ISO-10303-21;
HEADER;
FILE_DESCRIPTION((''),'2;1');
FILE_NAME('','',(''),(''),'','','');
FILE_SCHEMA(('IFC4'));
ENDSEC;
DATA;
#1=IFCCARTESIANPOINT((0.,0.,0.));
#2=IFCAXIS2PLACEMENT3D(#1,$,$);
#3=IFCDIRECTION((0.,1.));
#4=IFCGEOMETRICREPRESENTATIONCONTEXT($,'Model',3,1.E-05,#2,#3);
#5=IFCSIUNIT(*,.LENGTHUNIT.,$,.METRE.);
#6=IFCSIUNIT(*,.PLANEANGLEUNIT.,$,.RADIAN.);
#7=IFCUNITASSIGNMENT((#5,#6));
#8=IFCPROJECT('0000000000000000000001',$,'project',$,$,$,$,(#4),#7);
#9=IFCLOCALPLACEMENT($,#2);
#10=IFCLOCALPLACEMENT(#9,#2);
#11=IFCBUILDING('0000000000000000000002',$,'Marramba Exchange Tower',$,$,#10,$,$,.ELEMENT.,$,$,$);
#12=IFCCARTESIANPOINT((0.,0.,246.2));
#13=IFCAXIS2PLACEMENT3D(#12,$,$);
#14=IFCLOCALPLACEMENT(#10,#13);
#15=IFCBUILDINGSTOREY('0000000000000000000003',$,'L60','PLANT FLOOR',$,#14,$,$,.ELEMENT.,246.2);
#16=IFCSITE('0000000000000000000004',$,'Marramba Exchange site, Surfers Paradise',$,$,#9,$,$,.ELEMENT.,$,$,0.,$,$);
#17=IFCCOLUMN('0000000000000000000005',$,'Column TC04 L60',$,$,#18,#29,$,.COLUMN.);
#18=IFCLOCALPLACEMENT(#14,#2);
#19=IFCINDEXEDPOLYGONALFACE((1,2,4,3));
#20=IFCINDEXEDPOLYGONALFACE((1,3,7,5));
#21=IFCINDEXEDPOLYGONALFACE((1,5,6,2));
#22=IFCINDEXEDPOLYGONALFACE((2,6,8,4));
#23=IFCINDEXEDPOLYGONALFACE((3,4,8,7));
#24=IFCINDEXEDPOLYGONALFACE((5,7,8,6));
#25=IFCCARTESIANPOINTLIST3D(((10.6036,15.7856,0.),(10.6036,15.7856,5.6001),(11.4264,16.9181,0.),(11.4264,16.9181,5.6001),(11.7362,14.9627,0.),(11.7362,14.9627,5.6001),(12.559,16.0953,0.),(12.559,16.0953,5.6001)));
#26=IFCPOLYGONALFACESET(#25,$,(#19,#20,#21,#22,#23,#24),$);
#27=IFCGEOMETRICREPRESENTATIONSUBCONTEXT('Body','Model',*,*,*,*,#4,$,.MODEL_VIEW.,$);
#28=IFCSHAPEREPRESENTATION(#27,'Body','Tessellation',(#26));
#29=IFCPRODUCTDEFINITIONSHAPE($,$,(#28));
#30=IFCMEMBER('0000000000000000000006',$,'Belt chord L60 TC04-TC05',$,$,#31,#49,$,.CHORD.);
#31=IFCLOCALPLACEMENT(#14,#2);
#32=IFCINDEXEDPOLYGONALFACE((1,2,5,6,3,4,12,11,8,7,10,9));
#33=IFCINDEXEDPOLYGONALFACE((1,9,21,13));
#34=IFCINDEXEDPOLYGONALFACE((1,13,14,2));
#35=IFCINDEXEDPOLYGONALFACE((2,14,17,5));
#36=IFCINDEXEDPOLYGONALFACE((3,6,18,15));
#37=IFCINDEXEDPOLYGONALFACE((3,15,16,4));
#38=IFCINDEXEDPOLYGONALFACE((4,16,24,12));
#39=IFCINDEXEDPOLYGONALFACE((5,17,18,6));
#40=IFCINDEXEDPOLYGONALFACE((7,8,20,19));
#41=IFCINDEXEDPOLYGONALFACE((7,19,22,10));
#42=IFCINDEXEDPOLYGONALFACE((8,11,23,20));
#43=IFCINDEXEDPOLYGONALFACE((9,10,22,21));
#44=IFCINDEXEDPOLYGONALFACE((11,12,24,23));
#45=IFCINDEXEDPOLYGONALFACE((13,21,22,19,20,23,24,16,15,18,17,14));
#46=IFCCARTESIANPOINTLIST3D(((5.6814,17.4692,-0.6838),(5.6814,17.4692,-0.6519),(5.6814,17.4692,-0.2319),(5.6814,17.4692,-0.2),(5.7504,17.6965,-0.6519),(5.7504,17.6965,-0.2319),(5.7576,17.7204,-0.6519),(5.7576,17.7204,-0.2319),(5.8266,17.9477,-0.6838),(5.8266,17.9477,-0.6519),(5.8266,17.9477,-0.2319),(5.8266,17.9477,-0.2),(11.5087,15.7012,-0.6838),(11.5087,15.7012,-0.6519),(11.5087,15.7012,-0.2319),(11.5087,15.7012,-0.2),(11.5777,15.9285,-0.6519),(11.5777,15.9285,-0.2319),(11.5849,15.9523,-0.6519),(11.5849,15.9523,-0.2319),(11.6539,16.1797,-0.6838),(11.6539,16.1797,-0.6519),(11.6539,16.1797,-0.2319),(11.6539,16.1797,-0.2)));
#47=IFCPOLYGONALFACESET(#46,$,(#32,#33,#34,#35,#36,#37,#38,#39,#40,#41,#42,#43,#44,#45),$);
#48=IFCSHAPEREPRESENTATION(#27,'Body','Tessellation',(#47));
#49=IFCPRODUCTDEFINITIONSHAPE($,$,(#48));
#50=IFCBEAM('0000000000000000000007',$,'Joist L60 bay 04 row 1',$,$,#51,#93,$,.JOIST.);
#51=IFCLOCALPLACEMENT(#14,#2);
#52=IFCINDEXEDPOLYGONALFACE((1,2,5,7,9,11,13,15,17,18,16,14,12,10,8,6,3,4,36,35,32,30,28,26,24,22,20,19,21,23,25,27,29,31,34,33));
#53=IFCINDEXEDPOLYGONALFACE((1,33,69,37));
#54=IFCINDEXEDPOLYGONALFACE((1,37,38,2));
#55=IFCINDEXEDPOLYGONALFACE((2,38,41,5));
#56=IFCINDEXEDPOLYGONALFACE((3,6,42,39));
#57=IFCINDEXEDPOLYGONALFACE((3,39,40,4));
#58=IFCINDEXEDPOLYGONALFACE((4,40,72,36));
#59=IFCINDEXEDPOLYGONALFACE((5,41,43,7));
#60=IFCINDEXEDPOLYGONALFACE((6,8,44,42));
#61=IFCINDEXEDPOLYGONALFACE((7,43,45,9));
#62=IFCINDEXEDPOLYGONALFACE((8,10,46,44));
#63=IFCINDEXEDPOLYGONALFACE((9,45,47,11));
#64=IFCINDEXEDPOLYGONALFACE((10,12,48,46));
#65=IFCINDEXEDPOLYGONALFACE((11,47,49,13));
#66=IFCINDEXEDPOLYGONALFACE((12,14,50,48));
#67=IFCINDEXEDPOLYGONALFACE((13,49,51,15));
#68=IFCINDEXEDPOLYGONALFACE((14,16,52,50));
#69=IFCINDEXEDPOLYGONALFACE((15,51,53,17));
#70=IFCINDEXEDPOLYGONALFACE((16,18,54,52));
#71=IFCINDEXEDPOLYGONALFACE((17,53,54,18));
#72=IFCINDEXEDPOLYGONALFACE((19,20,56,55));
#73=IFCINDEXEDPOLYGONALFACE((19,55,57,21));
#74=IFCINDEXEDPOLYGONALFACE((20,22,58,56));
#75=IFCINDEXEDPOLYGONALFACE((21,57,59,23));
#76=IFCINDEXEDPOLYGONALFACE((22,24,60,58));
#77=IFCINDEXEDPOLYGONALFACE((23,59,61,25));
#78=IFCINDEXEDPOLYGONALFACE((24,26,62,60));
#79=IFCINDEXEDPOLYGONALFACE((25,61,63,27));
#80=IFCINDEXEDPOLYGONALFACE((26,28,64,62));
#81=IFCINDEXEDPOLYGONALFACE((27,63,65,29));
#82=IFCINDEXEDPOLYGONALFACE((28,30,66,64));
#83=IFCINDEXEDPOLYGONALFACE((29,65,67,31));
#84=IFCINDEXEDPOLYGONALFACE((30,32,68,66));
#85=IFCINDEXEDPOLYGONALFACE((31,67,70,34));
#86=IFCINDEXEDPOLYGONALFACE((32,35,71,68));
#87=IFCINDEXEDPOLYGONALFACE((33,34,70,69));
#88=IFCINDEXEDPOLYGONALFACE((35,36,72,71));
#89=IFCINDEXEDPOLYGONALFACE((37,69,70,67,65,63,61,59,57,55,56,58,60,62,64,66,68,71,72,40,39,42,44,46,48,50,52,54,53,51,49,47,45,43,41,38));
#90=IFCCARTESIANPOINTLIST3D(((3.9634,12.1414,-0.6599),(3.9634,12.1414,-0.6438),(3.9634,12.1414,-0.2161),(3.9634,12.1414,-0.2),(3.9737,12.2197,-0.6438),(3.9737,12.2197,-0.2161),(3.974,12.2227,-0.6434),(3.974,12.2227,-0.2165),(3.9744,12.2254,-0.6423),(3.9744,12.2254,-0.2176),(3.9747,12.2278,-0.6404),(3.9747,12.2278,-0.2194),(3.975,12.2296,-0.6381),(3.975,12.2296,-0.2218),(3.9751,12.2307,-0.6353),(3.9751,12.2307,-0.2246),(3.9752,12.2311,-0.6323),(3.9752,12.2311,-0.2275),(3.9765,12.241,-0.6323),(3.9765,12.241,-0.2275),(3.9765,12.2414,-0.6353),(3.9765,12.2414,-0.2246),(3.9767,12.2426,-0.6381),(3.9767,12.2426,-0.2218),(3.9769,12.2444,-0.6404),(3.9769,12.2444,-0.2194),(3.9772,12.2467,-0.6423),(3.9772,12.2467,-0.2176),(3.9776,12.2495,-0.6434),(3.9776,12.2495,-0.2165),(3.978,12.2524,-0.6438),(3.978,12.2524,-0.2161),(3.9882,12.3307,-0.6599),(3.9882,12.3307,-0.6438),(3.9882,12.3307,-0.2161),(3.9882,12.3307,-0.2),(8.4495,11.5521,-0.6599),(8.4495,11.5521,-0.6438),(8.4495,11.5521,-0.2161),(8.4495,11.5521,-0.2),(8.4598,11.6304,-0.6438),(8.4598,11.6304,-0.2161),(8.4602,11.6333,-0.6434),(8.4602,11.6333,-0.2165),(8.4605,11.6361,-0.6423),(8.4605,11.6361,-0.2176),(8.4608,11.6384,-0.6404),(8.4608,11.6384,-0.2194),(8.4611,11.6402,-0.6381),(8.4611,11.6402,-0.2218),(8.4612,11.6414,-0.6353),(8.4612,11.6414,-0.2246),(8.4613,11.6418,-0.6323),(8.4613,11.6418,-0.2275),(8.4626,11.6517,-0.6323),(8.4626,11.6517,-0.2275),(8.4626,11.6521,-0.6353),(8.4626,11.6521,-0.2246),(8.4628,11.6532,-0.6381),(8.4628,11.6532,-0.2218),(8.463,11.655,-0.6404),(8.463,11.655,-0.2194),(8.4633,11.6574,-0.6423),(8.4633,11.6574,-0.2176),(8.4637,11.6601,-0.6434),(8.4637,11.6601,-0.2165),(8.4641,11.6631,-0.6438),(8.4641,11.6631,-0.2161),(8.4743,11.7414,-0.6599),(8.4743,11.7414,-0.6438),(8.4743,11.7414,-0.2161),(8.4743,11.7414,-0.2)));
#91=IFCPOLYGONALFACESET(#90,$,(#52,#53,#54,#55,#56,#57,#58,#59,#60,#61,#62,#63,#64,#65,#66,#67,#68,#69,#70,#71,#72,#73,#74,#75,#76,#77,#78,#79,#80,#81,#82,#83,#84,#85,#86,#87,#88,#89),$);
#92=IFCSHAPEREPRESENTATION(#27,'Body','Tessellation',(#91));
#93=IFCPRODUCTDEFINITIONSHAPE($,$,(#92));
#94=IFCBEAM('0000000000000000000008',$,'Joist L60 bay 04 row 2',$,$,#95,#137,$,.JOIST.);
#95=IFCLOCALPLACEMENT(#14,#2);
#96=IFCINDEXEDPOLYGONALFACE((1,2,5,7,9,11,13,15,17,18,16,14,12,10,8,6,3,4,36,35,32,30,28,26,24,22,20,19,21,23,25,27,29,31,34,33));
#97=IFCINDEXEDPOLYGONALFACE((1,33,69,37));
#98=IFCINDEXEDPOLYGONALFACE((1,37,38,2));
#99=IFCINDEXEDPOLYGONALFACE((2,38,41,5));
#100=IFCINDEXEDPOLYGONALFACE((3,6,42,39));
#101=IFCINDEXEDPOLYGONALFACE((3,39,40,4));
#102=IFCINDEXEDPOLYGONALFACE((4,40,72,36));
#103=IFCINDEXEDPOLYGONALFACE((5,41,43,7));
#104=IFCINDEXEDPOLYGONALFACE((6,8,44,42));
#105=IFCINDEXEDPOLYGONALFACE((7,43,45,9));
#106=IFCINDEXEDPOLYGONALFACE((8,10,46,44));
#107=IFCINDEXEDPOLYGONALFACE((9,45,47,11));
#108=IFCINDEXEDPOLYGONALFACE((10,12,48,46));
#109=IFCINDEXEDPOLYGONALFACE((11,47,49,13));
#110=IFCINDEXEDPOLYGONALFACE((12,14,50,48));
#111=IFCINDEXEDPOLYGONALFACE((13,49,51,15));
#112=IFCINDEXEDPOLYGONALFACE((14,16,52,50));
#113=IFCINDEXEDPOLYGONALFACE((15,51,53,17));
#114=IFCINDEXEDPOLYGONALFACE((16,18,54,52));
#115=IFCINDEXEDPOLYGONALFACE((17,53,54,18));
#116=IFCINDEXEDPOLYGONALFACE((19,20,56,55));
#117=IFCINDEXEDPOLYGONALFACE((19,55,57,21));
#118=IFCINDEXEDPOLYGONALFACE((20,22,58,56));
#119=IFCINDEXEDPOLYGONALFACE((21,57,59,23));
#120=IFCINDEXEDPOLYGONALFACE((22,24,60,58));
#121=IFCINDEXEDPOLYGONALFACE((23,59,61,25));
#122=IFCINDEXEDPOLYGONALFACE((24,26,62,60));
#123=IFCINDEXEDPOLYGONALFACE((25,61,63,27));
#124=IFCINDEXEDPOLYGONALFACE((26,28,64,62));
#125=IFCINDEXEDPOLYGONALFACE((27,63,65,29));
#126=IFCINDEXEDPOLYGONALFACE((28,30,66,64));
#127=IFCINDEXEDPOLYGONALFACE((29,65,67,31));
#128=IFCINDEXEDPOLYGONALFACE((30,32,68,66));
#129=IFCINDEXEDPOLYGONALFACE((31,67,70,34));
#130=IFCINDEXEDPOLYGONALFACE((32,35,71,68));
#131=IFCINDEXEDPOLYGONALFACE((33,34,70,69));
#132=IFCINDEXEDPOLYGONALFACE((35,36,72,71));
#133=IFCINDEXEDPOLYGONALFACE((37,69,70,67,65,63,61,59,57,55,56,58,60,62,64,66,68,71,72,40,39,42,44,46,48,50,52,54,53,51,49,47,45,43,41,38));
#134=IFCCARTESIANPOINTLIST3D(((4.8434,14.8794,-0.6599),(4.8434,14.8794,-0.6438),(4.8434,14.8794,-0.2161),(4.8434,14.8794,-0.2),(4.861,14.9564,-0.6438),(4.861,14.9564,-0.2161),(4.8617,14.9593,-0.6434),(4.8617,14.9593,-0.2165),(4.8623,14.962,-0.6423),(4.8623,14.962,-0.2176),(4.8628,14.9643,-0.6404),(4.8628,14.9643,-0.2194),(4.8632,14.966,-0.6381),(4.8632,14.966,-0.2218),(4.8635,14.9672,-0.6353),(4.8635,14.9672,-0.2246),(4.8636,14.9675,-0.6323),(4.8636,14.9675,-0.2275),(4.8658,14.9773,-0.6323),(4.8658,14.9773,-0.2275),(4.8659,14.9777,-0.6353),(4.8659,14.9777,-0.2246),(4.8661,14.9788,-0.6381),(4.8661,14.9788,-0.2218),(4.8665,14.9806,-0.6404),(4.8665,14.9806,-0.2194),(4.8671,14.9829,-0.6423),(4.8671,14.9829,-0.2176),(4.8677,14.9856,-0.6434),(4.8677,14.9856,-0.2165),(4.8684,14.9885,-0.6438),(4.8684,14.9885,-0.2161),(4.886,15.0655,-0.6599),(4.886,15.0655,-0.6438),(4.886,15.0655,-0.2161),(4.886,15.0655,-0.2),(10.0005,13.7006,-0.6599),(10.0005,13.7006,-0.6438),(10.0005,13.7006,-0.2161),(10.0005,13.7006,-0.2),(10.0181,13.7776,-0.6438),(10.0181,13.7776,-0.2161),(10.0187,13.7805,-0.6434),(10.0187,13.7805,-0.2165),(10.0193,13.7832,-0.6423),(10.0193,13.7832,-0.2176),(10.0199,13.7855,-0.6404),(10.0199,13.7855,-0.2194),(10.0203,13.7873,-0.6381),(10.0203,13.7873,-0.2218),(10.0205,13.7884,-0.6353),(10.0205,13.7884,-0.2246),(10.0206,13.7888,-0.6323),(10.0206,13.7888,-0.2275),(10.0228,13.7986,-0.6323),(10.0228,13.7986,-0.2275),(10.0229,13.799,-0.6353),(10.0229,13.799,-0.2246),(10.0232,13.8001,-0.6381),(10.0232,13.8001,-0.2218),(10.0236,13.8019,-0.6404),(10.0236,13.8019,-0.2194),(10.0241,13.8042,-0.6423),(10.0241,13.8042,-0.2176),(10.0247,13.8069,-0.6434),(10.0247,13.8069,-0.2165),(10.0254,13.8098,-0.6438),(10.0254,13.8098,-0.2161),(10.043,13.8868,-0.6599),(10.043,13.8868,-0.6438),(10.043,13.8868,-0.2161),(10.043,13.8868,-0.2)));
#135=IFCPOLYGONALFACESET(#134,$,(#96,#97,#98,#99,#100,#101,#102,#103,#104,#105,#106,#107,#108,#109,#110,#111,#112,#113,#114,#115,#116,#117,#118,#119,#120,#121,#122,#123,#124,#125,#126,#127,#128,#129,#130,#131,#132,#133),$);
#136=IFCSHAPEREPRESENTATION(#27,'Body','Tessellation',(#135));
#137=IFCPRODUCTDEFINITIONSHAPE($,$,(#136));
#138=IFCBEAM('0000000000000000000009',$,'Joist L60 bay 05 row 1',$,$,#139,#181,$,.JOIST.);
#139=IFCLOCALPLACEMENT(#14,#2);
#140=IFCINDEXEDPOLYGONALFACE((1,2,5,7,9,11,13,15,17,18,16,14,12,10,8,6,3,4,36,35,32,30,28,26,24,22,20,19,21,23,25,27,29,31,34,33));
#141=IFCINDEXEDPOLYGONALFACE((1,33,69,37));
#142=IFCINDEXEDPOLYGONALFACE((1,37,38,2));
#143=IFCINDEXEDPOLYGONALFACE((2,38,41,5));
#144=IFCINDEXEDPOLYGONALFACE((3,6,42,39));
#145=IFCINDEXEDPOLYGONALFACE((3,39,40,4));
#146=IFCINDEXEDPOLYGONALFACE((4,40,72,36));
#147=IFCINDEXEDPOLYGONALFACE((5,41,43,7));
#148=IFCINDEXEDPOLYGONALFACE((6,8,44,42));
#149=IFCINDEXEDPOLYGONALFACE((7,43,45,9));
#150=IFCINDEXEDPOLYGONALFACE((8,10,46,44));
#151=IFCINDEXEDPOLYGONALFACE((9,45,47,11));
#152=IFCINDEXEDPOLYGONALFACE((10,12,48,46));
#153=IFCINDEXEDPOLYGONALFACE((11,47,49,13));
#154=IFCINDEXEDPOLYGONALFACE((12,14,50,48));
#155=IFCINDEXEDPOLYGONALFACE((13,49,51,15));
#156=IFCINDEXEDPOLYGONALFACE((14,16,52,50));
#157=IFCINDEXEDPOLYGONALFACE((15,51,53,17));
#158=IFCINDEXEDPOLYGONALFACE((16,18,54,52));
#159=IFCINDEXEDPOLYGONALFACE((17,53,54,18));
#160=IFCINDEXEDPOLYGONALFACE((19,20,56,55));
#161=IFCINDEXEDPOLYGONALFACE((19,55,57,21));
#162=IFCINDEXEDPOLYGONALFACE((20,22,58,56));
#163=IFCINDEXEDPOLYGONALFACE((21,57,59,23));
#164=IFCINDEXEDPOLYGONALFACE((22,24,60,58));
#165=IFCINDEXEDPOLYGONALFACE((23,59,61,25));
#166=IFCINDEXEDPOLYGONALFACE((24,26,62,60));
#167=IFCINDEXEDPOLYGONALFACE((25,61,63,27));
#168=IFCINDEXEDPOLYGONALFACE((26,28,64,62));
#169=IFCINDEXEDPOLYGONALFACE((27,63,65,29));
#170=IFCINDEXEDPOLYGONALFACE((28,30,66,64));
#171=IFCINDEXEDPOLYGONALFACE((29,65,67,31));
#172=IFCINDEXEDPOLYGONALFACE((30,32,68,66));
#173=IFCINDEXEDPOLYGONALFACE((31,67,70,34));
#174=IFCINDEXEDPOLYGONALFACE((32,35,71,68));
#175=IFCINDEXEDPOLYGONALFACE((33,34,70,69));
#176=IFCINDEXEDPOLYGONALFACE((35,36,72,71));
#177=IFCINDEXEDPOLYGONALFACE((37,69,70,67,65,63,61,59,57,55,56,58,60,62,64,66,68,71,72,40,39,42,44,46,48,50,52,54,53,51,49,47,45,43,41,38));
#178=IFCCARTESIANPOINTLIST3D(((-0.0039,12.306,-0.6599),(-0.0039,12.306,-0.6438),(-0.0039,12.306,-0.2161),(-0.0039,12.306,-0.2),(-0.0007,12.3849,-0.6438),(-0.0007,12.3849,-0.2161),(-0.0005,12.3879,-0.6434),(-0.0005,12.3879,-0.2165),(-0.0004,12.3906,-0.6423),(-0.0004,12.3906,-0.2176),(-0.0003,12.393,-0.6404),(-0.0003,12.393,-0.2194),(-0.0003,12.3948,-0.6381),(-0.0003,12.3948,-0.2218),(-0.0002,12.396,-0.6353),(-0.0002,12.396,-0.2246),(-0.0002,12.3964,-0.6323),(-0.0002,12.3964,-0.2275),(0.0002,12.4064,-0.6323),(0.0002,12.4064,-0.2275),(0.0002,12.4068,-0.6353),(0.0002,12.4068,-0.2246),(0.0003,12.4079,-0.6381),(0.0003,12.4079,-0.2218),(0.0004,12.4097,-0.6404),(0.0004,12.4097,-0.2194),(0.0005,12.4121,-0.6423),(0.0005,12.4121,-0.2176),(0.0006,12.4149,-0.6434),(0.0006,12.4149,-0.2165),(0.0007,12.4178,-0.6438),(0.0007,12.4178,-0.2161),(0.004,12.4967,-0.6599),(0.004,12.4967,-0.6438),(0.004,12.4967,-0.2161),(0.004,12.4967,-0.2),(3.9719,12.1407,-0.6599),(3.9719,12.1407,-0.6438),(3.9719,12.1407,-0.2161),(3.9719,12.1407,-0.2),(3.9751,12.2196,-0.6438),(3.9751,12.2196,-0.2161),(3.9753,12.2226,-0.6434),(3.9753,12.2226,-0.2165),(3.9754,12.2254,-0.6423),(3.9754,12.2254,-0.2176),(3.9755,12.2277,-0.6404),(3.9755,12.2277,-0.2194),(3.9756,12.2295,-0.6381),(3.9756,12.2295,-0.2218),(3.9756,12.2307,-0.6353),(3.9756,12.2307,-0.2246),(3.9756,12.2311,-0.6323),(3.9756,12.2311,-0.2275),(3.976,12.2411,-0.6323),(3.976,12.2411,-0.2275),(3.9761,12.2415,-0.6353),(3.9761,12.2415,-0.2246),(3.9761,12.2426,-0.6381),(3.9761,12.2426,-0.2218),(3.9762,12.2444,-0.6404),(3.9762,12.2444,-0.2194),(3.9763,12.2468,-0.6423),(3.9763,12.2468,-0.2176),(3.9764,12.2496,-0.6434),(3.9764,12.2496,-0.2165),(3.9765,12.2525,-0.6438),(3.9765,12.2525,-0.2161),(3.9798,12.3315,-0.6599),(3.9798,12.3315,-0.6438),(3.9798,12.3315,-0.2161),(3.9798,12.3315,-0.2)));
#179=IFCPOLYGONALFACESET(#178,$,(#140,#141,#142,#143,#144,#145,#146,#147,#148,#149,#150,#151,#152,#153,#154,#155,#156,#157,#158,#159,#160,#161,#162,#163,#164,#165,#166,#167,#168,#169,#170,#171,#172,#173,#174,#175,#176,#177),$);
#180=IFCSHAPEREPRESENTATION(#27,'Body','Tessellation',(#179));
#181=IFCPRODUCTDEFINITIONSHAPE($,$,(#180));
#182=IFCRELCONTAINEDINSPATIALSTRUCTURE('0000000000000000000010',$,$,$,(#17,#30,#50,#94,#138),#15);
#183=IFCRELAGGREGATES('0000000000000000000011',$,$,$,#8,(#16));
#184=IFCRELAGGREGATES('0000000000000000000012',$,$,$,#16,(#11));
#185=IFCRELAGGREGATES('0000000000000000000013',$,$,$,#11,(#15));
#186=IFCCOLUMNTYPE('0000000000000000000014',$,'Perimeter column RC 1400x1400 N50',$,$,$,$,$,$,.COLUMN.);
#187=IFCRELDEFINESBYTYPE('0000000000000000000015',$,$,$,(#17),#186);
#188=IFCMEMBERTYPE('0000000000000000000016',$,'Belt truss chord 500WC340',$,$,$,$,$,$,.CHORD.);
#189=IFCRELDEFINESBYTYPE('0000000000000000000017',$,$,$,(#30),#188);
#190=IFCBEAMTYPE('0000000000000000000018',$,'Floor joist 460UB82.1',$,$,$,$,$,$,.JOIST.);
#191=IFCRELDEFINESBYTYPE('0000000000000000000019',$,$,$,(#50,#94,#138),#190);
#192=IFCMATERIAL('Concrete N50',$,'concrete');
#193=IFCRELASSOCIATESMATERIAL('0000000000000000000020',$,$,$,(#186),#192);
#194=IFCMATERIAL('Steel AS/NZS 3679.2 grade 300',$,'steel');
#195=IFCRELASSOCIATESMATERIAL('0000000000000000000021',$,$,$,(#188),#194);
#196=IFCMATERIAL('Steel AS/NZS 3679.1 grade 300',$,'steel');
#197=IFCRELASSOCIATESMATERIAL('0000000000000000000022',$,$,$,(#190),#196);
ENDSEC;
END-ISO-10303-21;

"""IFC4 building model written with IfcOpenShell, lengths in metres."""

from ifc_helpers import new_model, si_unit, direction, frame, origin, origin_2d, place, context, subcontext, project, spatial, rectangle, i_section, extrude, material, material_profile, profile_set, type_object, element, save


model = new_model("IFC4")

# Units and contexts
model_context = context("Model", 3, precision=1e-05, world=origin(), true_north=direction((0.0, 1.0)))
body_context = subcontext(model_context, "Body", "Model", "MODEL_VIEW")
ifc_project = project(units=[si_unit("LENGTHUNIT", "METRE"), si_unit("PLANEANGLEUNIT", "RADIAN")], contexts=[model_context])

# Site, building, storey
site_placement = place(None, origin())
site = spatial("IfcSite", under=ifc_project, at=site_placement, Name="Marramba Exchange site, Surfers Paradise", CompositionType="ELEMENT", RefElevation=0.0)
building_placement = place(site_placement, origin())
building = spatial("IfcBuilding", under=site, at=building_placement, Name="Marramba Exchange Tower", CompositionType="ELEMENT")
storey_placement = place(building_placement, frame((0.0, 0.0, 246.2)))
storey = spatial("IfcBuildingStorey", under=building, at=storey_placement, Name="L60", Description="PLANT FLOOR", CompositionType="ELEMENT", Elevation=246.2)

# Column
ifc_material_1 = material(Name="Concrete N50", Category="concrete")
ifc_material_profile_1 = material_profile(ifc_material_1, rectangle(XDim=1.3999, YDim=1.3999, at=origin_2d()), Name="RC 1400x1400")
ifc_profile_set_1 = profile_set([ifc_material_profile_1], Name="Concrete N50")
column_type = type_object("IfcColumnType", Name="Perimeter column RC 1400x1400 N50", PredefinedType="COLUMN", material=ifc_profile_set_1)
column_placement = place(storey_placement, frame((11.5813, 15.9404, 0.0), z_axis=(0.0, 0.0, 1.0), x_axis=(0.587785, 0.809017, 0.0)))
element("IfcColumn", 1, at=column_placement, inside=storey, type_object=column_type, Name="Column TC04 L60", PredefinedType="COLUMN", context=body_context, shape_type="SweptSolid", body=[
    extrude(rectangle(XDim=1.3999, YDim=1.3999, at=origin_2d()), origin(), (0.0, 0.0, 1.0), 5.6001),
])

# Member
ifc_material_2 = material(Name="Steel AS/NZS 3679.2 grade 300", Category="steel")
ifc_material_profile_2 = material_profile(ifc_material_2, i_section(OverallWidth=0.5, OverallDepth=0.4839, WebThickness=0.0249, FlangeThickness=0.032, at=origin_2d()), Name="500WC340")
ifc_profile_set_2 = profile_set([ifc_material_profile_2], Name="Steel AS/NZS 3679.2 grade 300")
member_type = type_object("IfcMemberType", Name="Belt truss chord 500WC340", PredefinedType="CHORD", material=ifc_profile_set_2)
member_placement = place(storey_placement, frame((11.5813, 15.9404, -0.4419), z_axis=(-0.956925, 0.290337, 0.0), x_axis=(-0.290337, -0.956925, 0.0)))
element("IfcMember", 2, at=member_placement, inside=storey, type_object=member_type, Name="Belt chord L60 TC04-TC05", PredefinedType="CHORD", context=body_context, shape_type="SweptSolid", body=[
    extrude(i_section(OverallWidth=0.5, OverallDepth=0.4839, WebThickness=0.0249, FlangeThickness=0.032, at=origin_2d()), origin(), (0.0, 0.0, 1.0), 6.0896),
])

# Beams
ifc_material_3 = material(Name="Steel AS/NZS 3679.1 grade 300", Category="steel")
ifc_material_profile_3 = material_profile(ifc_material_3, i_section(OverallWidth=0.1909, OverallDepth=0.46, WebThickness=0.01, FlangeThickness=0.0161, FilletRadius=0.0115, at=origin_2d()), Name="460UB82.1")
ifc_profile_set_3 = profile_set([ifc_material_profile_3], Name="Steel AS/NZS 3679.1 grade 300")
beam_type_1 = type_object("IfcBeamType", Name="Floor joist 460UB82.1", PredefinedType="JOIST", material=ifc_profile_set_3)
beam_1_placement = place(storey_placement, frame((8.4619, 11.6467, -0.4299), z_axis=(-0.991481, 0.130255, 0.0), x_axis=(-0.130255, -0.991481, 0.0)))
element("IfcBeam", 3, at=beam_1_placement, inside=storey, type_object=beam_type_1, Name="Joist L60 bay 04 row 1", PredefinedType="JOIST", context=body_context, shape_type="SweptSolid", body=[
    extrude(i_section(OverallWidth=0.1909, OverallDepth=0.46, WebThickness=0.01, FlangeThickness=0.0161, FilletRadius=0.0115, at=origin_2d()), origin(), (0.0, 0.0, 1.0), 4.5247),
])
beam_2_placement = place(storey_placement, frame((10.0217, 13.7937, -0.4299), z_axis=(-0.97486, 0.22282, 0.0), x_axis=(-0.22282, -0.97486, 0.0)))
element("IfcBeam", 4, at=beam_2_placement, inside=storey, type_object=beam_type_1, Name="Joist L60 bay 04 row 2", PredefinedType="JOIST", context=body_context, shape_type="SweptSolid", body=[
    extrude(i_section(OverallWidth=0.1909, OverallDepth=0.46, WebThickness=0.01, FlangeThickness=0.0161, FilletRadius=0.0115, at=origin_2d()), origin(), (0.0, 0.0, 1.0), 5.29),
])
beam_3_placement = place(storey_placement, frame((3.9758, 12.2361, -0.4299), z_axis=(-0.999137, 0.041536, 0.0), x_axis=(-0.041536, -0.999137, 0.0)))
element("IfcBeam", 5, at=beam_3_placement, inside=storey, type_object=beam_type_1, Name="Joist L60 bay 05 row 1", PredefinedType="JOIST", context=body_context, shape_type="SweptSolid", body=[
    extrude(i_section(OverallWidth=0.1909, OverallDepth=0.46, WebThickness=0.01, FlangeThickness=0.0161, FilletRadius=0.0115, at=origin_2d()), origin(), (0.0, 0.0, 1.0), 3.9792),
])

save(model, "model.ifc")
